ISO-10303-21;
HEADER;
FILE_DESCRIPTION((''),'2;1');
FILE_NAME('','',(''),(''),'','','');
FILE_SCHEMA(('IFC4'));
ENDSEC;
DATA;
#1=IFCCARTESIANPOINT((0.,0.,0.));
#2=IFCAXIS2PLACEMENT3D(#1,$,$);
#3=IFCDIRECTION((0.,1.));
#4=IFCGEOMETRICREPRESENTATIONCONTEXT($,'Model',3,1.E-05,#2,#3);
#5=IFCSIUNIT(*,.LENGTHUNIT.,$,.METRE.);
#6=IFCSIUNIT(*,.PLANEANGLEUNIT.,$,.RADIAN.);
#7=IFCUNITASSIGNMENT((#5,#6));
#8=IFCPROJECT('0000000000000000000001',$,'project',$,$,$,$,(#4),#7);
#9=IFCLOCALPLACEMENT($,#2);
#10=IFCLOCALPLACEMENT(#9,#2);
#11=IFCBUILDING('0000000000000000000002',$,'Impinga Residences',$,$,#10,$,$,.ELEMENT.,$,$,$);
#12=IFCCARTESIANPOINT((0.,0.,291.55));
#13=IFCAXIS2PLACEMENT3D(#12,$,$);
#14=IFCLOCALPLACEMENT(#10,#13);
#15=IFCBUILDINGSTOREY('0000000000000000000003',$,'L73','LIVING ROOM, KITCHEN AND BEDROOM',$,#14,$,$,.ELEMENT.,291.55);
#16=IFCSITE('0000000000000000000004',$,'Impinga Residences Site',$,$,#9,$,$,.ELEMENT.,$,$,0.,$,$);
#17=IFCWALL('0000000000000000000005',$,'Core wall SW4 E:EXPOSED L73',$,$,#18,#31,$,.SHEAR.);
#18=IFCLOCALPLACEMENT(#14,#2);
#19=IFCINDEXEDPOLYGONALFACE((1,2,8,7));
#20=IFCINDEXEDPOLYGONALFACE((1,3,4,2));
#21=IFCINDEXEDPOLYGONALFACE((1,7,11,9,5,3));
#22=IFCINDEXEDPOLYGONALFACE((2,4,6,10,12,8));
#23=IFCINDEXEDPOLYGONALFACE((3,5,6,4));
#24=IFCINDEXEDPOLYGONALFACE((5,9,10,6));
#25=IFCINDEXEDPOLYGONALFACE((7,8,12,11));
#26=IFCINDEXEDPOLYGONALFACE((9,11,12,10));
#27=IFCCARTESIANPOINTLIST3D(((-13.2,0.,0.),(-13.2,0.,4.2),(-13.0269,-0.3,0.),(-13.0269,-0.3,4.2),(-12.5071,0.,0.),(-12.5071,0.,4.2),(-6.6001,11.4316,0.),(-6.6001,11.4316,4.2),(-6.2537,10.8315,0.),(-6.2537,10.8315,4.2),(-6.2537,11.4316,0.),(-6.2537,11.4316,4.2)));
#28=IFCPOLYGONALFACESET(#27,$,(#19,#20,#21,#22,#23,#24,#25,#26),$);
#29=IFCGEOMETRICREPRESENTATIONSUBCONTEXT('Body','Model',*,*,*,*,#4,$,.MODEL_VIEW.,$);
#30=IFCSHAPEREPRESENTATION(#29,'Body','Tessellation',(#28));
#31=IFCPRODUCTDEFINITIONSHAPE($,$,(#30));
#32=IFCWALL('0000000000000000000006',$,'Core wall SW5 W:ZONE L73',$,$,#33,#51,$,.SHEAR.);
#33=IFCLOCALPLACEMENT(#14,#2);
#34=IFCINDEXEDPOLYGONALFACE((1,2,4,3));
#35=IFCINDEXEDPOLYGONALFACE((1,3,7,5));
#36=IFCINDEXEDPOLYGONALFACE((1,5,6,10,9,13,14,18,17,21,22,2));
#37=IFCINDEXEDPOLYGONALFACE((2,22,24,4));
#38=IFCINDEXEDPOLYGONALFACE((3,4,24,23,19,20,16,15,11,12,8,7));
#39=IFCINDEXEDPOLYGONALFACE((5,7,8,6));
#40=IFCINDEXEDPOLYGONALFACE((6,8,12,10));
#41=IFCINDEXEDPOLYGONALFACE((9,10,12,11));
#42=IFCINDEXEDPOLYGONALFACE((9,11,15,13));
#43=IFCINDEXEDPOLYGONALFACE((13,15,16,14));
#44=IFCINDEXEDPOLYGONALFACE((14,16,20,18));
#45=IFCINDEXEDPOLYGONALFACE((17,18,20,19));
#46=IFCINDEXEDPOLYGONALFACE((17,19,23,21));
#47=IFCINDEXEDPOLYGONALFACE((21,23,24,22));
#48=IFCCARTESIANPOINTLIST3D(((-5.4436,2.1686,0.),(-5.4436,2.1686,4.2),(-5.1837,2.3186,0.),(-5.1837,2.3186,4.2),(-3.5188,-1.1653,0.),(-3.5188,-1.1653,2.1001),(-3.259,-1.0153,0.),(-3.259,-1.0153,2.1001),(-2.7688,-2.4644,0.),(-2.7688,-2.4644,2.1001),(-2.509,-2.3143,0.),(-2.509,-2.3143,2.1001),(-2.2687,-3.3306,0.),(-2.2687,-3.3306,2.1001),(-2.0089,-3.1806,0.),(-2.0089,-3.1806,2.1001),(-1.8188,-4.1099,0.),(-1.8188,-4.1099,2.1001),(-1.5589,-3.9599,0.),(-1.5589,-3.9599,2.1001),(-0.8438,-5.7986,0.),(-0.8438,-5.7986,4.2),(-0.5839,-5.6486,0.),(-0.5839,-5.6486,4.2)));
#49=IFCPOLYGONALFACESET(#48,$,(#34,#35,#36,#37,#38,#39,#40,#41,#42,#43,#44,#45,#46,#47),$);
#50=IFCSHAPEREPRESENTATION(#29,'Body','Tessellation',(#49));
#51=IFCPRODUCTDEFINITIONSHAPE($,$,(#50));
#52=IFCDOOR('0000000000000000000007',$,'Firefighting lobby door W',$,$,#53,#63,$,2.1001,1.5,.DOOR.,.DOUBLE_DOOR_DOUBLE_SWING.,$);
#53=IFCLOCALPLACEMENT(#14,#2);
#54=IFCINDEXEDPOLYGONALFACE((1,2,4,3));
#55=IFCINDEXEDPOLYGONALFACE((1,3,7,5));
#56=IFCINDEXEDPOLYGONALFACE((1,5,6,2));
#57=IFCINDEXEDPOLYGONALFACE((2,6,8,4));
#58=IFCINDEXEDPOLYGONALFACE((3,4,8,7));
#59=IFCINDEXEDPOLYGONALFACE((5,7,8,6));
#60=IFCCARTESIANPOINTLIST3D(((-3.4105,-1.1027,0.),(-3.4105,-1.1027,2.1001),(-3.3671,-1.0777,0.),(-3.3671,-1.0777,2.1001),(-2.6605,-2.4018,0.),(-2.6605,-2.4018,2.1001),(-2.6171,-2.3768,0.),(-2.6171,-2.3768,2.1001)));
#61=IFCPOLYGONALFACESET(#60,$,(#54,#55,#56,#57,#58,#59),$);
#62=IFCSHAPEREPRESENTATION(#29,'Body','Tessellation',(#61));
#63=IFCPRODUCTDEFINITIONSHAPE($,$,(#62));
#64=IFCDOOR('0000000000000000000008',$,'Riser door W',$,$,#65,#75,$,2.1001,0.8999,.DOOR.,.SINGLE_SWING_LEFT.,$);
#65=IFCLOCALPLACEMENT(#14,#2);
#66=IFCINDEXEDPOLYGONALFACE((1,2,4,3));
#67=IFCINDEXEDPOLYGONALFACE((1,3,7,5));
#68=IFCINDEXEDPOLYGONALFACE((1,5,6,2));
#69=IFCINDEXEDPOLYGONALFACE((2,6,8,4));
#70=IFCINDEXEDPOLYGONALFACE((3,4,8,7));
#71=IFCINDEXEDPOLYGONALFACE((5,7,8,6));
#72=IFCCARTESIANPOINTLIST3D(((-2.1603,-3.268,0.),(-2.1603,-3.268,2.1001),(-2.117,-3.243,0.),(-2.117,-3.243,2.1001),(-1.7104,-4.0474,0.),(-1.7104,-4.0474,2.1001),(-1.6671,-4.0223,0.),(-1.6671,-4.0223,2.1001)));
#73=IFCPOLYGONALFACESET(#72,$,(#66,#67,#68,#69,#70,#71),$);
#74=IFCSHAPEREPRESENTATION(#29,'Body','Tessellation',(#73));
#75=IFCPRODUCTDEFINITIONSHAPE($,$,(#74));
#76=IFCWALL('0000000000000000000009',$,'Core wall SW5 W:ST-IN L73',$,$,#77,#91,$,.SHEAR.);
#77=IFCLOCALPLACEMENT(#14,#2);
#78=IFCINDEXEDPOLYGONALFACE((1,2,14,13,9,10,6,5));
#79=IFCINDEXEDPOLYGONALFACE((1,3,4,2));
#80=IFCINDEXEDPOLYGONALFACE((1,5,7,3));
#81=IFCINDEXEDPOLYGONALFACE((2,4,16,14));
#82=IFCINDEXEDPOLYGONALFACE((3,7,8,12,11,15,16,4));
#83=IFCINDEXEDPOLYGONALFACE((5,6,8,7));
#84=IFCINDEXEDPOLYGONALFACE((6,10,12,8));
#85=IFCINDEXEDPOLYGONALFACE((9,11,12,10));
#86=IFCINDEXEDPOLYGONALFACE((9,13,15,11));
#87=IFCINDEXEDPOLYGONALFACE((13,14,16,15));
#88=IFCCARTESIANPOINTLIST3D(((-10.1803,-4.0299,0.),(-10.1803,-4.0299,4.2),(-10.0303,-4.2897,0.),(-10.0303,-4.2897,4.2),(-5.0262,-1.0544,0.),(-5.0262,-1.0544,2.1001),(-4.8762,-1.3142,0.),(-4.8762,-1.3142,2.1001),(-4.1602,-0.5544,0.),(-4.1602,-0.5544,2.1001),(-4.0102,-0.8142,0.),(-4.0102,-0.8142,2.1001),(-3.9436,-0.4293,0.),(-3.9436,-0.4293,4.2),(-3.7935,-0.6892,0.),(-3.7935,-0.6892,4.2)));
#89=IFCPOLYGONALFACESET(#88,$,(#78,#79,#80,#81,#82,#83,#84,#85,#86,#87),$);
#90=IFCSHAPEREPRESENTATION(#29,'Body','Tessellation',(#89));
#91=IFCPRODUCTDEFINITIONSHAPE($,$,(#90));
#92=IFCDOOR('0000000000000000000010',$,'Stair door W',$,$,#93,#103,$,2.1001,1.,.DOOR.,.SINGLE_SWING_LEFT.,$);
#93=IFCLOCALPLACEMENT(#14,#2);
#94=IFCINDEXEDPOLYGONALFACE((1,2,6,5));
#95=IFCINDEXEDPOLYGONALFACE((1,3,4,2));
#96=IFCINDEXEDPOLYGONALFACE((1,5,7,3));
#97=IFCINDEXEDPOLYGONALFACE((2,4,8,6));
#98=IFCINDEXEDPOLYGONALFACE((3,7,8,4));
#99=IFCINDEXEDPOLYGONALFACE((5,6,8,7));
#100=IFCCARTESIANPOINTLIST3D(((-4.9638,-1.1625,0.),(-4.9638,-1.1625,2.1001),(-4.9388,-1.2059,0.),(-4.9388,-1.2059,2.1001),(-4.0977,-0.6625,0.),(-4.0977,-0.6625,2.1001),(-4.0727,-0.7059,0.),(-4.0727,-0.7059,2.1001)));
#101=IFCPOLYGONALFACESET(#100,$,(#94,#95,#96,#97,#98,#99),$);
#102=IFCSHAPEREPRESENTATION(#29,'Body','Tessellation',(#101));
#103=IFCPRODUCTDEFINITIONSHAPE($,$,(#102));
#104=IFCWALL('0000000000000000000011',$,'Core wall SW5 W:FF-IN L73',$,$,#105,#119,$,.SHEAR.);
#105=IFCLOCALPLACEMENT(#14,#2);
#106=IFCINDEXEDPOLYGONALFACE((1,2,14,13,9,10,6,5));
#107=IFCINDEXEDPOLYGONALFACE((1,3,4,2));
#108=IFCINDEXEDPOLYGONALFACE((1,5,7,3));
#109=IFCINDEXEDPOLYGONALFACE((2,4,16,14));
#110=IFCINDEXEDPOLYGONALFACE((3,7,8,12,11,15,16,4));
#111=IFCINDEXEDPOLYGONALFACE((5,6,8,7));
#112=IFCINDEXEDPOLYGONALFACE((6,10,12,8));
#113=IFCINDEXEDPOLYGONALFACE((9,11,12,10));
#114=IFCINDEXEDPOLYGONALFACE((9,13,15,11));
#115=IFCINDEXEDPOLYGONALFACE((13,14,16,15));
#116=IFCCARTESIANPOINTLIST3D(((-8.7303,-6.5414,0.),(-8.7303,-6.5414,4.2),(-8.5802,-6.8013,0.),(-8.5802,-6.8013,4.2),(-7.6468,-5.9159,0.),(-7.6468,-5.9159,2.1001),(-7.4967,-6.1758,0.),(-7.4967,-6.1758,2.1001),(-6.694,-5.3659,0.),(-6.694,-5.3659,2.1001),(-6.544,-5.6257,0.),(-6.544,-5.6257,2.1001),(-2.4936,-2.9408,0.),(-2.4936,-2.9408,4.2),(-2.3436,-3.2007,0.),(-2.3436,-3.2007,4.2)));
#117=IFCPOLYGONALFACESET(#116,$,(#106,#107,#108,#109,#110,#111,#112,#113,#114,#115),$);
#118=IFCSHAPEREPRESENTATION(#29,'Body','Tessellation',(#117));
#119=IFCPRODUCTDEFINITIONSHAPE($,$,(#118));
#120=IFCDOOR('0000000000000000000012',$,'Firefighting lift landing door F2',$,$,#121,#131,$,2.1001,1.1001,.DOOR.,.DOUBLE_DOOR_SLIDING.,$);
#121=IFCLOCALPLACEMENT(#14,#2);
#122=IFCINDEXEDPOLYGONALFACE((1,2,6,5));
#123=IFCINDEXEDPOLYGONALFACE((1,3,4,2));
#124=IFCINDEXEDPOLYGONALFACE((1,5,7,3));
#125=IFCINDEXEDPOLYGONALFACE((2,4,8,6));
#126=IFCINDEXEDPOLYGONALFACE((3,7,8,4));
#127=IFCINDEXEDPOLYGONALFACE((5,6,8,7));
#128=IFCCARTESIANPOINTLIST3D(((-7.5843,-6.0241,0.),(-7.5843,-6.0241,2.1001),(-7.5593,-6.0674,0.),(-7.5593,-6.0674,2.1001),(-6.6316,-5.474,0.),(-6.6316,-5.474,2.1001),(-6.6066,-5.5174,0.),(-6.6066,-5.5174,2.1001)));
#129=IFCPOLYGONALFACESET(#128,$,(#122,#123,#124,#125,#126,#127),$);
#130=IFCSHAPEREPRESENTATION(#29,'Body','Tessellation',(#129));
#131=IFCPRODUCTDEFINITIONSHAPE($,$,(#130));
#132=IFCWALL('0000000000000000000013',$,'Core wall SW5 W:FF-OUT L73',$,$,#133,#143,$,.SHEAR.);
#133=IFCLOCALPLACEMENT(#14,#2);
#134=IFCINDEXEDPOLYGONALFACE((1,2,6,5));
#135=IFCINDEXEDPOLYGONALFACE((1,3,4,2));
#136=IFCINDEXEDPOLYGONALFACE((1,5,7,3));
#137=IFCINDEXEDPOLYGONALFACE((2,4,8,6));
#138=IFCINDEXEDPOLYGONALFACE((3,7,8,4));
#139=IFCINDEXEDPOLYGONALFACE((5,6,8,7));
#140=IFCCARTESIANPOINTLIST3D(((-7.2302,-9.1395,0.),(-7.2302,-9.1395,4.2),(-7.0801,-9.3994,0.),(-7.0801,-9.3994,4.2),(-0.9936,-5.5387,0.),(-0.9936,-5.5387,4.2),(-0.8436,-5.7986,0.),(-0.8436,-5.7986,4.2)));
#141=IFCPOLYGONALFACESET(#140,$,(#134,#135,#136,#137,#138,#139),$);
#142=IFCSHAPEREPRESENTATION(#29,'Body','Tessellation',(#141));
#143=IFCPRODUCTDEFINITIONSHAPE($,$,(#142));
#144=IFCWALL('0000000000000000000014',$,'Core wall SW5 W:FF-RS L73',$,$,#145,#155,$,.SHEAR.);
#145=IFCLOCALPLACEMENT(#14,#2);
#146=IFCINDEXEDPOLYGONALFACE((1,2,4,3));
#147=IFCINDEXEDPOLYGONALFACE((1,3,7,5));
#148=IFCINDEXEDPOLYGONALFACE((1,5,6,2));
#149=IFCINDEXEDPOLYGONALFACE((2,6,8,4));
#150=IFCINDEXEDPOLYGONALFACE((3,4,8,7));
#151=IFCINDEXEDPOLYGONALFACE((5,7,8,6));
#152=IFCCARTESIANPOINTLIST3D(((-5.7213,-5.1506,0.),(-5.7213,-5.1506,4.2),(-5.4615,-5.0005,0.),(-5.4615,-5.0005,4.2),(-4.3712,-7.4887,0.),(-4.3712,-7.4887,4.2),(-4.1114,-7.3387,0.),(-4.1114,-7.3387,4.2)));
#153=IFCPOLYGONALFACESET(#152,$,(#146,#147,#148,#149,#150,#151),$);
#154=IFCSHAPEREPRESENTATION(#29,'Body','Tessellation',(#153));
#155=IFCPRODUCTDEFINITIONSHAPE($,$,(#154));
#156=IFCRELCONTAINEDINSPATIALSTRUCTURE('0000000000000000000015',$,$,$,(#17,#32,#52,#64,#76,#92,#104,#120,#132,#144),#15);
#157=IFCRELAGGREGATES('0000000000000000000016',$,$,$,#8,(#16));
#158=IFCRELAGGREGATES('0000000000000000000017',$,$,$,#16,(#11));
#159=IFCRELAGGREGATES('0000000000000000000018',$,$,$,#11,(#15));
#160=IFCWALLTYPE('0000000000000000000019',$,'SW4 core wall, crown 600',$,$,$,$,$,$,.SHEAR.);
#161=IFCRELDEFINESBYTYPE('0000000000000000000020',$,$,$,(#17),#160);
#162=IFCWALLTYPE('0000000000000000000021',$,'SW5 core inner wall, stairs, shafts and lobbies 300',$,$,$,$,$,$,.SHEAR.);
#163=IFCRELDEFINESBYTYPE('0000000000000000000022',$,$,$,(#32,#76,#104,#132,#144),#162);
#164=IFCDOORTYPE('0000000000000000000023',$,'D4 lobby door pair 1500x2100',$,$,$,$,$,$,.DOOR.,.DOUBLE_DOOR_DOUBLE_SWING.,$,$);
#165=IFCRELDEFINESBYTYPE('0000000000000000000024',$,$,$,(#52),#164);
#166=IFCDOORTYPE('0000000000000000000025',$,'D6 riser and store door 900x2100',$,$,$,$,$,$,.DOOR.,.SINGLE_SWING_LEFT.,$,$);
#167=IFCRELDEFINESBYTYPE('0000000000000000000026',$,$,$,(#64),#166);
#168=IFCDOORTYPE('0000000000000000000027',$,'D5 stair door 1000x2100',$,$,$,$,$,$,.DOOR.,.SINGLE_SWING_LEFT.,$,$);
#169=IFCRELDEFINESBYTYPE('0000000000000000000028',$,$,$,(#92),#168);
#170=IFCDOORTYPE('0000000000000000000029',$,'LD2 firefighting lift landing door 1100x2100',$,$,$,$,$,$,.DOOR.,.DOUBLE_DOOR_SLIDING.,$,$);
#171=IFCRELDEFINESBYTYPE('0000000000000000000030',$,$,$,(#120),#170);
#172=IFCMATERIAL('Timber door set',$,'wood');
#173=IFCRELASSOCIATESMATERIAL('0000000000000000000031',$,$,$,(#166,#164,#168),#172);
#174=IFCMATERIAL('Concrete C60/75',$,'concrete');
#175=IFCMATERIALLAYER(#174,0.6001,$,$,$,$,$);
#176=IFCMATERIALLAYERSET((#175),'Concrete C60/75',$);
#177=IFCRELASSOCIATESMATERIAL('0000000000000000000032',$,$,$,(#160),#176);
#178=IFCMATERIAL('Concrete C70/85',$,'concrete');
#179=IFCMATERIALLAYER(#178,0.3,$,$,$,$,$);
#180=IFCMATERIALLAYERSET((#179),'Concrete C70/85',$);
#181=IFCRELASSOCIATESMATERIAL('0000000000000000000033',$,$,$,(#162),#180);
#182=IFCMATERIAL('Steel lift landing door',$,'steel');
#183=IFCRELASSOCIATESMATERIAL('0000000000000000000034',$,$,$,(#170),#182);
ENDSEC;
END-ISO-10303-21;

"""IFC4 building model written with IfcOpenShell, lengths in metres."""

from ifc_helpers import new_model, si_unit, direction, frame, frame_2d, origin, place, context, subcontext, project, spatial, polyline, rectangle, outline, extrude, material, layer, layer_set, type_object, element, fill, save


model = new_model("IFC4")

# Units and contexts
model_context = context("Model", 3, precision=1e-05, world=origin(), true_north=direction((0.0, 1.0)))
body_context = subcontext(model_context, "Body", "Model", "MODEL_VIEW")
ifc_project = project(units=[si_unit("LENGTHUNIT", "METRE"), si_unit("PLANEANGLEUNIT", "RADIAN")], contexts=[model_context])

# Site, building, storey
site_placement = place(None, origin())
site = spatial("IfcSite", under=ifc_project, at=site_placement, Name="Impinga Residences Site", CompositionType="ELEMENT", RefElevation=0.0)
building_placement = place(site_placement, origin())
building = spatial("IfcBuilding", under=site, at=building_placement, Name="Impinga Residences", CompositionType="ELEMENT")
storey_placement = place(building_placement, frame((0.0, 0.0, 291.55)))
storey = spatial("IfcBuildingStorey", under=building, at=storey_placement, Name="L73", Description="LIVING ROOM, KITCHEN AND BEDROOM", CompositionType="ELEMENT", Elevation=291.55)

# Shared definitions
ifc_material_1 = material(Name="Concrete C60/75", Category="concrete")

# Shared definitions
ifc_material_2 = material(Name="Timber door set", Category="wood")
door_type_1 = type_object("IfcDoorType", Name="D6 riser and store door 900x2100", OperationType="SINGLE_SWING_LEFT", PredefinedType="DOOR", material=ifc_material_2)

# Wall
ifc_layer_1 = layer(ifc_material_1, 0.6001)
ifc_layer_set_1 = layer_set([ifc_layer_1], Name="Concrete C60/75")
wall_type_1 = type_object("IfcWallType", Name="SW4 core wall, crown 600", PredefinedType="SHEAR", material=ifc_layer_set_1)
wall_1_placement = place(storey_placement, origin())
element("IfcWall", 1, at=wall_1_placement, inside=storey, type_object=wall_type_1, Name="Core wall SW4 E:EXPOSED L73", PredefinedType="SHEAR", context=body_context, shape_type="SweptSolid", body=[
    extrude(outline(polyline([(-6.6001, 11.4316), (-13.2, 0.0), (-13.0269, -0.3), (-12.5071, 0.0), (-6.2537, 10.8315), (-6.2537, 11.4316), (-6.6001, 11.4316)])), origin(), (0.0, 0.0, 1.0), 4.2),
])

# Wall, openings, doors
ifc_material_3 = material(Name="Concrete C70/85", Category="concrete")
ifc_layer_2 = layer(ifc_material_3, 0.3)
ifc_layer_set_2 = layer_set([ifc_layer_2], Name="Concrete C70/85")
wall_type_2 = type_object("IfcWallType", Name="SW5 core inner wall, stairs, shafts and lobbies 300", PredefinedType="SHEAR", material=ifc_layer_set_2)
wall_2_placement = place(storey_placement, frame((-0.7139, -5.7236, 0.0), z_axis=(0.0, 0.0, 1.0), x_axis=(-0.499995, 0.866028, 0.0)))
wall_2 = element("IfcWall", 2, at=wall_2_placement, inside=storey, type_object=wall_type_2, Name="Core wall SW5 W:ZONE L73", PredefinedType="SHEAR", context=body_context, shape_type="SweptSolid", body=[
    extrude(rectangle(XDim=9.1997, YDim=0.3, at=frame_2d((4.5999, 0.0))), origin(), (0.0, 0.0, 1.0), 4.2),
])
opening_1_placement = place(wall_2_placement, frame((3.8501, 0.0, 0.0)))
opening_1 = element("IfcOpeningElement", 3, at=opening_1_placement, cuts=wall_2, PredefinedType="OPENING", context=body_context, shape_type="SweptSolid", body=[
    extrude(rectangle(XDim=1.5, YDim=2.1001, at=frame_2d((0.75, 1.05))), frame((0.0, 0.1599, 0.0), z_axis=(0.0, -1.0, 0.0), x_axis=(1.0, 0.0, 0.0)), (0.0, 0.0, 1.0), 0.3201),
])
opening_2_placement = place(wall_2_placement, frame((1.95, 0.0, 0.0)))
opening_2 = element("IfcOpeningElement", 4, at=opening_2_placement, cuts=wall_2, PredefinedType="OPENING", context=body_context, shape_type="SweptSolid", body=[
    extrude(rectangle(XDim=0.8999, YDim=2.1001, at=frame_2d((0.45, 1.05))), frame((0.0, 0.1599, 0.0), z_axis=(0.0, -1.0, 0.0), x_axis=(1.0, 0.0, 0.0)), (0.0, 0.0, 1.0), 0.3201),
])
door_type_2 = type_object("IfcDoorType", Name="D4 lobby door pair 1500x2100", OperationType="DOUBLE_DOOR_DOUBLE_SWING", PredefinedType="DOOR", material=ifc_material_2)
door_1_placement = place(opening_1_placement, origin())
door_1 = element("IfcDoor", 5, at=door_1_placement, inside=storey, type_object=door_type_2, Name="Firefighting lobby door W", OperationType="DOUBLE_DOOR_DOUBLE_SWING", OverallHeight=2.1001, OverallWidth=1.5, PredefinedType="DOOR", context=body_context, shape_type="SweptSolid", body=[
    extrude(rectangle(XDim=1.5, YDim=2.1001, at=frame_2d((0.75, 1.05))), frame((0.0, 0.0249, 0.0), z_axis=(0.0, -1.0, 0.0), x_axis=(1.0, 0.0, 0.0)), (0.0, 0.0, 1.0), 0.05),
])
fill(opening_1, door_1)
door_2_placement = place(opening_2_placement, origin())
door_2 = element("IfcDoor", 6, at=door_2_placement, inside=storey, type_object=door_type_1, Name="Riser door W", OperationType="SINGLE_SWING_LEFT", OverallHeight=2.1001, OverallWidth=0.8999, PredefinedType="DOOR", context=body_context, shape_type="SweptSolid", body=[
    extrude(rectangle(XDim=0.8999, YDim=2.1001, at=frame_2d((0.45, 1.05))), frame((0.0, 0.0249, 0.0), z_axis=(0.0, -1.0, 0.0), x_axis=(1.0, 0.0, 0.0)), (0.0, 0.0, 1.0), 0.05),
])
fill(opening_2, door_2)

# Walls, openings, doors
wall_3_placement = place(storey_placement, frame((-3.8687, -0.5593, 0.0), z_axis=(0.0, 0.0, 1.0), x_axis=(-0.86604, -0.499975, 0.0)))
wall_3 = element("IfcWall", 7, at=wall_3_placement, inside=storey, type_object=wall_type_2, Name="Core wall SW5 W:ST-IN L73", PredefinedType="SHEAR", context=body_context, shape_type="SweptSolid", body=[
    extrude(rectangle(XDim=7.2014, YDim=0.3, at=frame_2d((3.6006, 0.0))), origin(), (0.0, 0.0, 1.0), 4.2),
])
opening_3_placement = place(wall_3_placement, frame((0.25, 0.0, 0.0)))
opening_3 = element("IfcOpeningElement", 8, at=opening_3_placement, cuts=wall_3, PredefinedType="OPENING", context=body_context, shape_type="SweptSolid", body=[
    extrude(rectangle(XDim=1.0, YDim=2.1001, at=frame_2d((0.5, 1.05))), frame((0.0, 0.1599, 0.0), z_axis=(0.0, -1.0, 0.0), x_axis=(1.0, 0.0, 0.0)), (0.0, 0.0, 1.0), 0.3201),
])
door_type_3 = type_object("IfcDoorType", Name="D5 stair door 1000x2100", OperationType="SINGLE_SWING_LEFT", PredefinedType="DOOR", material=ifc_material_2)
door_3_placement = place(opening_3_placement, origin())
door_3 = element("IfcDoor", 9, at=door_3_placement, inside=storey, type_object=door_type_3, Name="Stair door W", OperationType="SINGLE_SWING_LEFT", OverallHeight=2.1001, OverallWidth=1.0, PredefinedType="DOOR", context=body_context, shape_type="SweptSolid", body=[
    extrude(rectangle(XDim=1.0, YDim=2.1001, at=frame_2d((0.5, 1.05))), frame((0.0, 0.0249, 0.0), z_axis=(0.0, -1.0, 0.0), x_axis=(1.0, 0.0, 0.0)), (0.0, 0.0, 1.0), 0.05),
])
fill(opening_3, door_3)
wall_4_placement = place(storey_placement, frame((-2.4187, -3.0708, 0.0), z_axis=(0.0, 0.0, 1.0), x_axis=(-0.866031, -0.49999, 0.0)))
wall_4 = element("IfcWall", 10, at=wall_4_placement, inside=storey, type_object=wall_type_2, Name="Core wall SW5 W:FF-IN L73", PredefinedType="SHEAR", context=body_context, shape_type="SweptSolid", body=[
    extrude(rectangle(XDim=7.2014, YDim=0.3, at=frame_2d((3.6006, 0.0))), origin(), (0.0, 0.0, 1.0), 4.2),
])
opening_4_placement = place(wall_4_placement, frame((4.8501, 0.0, 0.0)))
opening_4 = element("IfcOpeningElement", 11, at=opening_4_placement, cuts=wall_4, PredefinedType="OPENING", context=body_context, shape_type="SweptSolid", body=[
    extrude(rectangle(XDim=1.1001, YDim=2.1001, at=frame_2d((0.55, 1.05))), frame((0.0, 0.1599, 0.0), z_axis=(0.0, -1.0, 0.0), x_axis=(1.0, 0.0, 0.0)), (0.0, 0.0, 1.0), 0.3201),
])
ifc_material_4 = material(Name="Steel lift landing door", Category="steel")
door_type_4 = type_object("IfcDoorType", Name="LD2 firefighting lift landing door 1100x2100", OperationType="DOUBLE_DOOR_SLIDING", PredefinedType="DOOR", material=ifc_material_4)
door_4_placement = place(opening_4_placement, origin())
door_4 = element("IfcDoor", 12, at=door_4_placement, inside=storey, type_object=door_type_4, Name="Firefighting lift landing door F2", OperationType="DOUBLE_DOOR_SLIDING", OverallHeight=2.1001, OverallWidth=1.1001, PredefinedType="DOOR", context=body_context, shape_type="SweptSolid", body=[
    extrude(rectangle(XDim=1.1001, YDim=2.1001, at=frame_2d((0.55, 1.05))), frame((0.0, 0.0249, 0.0), z_axis=(0.0, -1.0, 0.0), x_axis=(1.0, 0.0, 0.0)), (0.0, 0.0, 1.0), 0.05),
])
fill(opening_4, door_4)

# Walls
wall_5_placement = place(storey_placement, frame((-0.9187, -5.6687, 0.0), z_axis=(0.0, 0.0, 1.0), x_axis=(-0.866017, -0.500015, 0.0)))
element("IfcWall", 13, at=wall_5_placement, inside=storey, type_object=wall_type_2, Name="Core wall SW5 W:FF-OUT L73", PredefinedType="SHEAR", context=body_context, shape_type="SweptSolid", body=[
    extrude(rectangle(XDim=7.2014, YDim=0.3, at=frame_2d((3.6006, 0.0))), origin(), (0.0, 0.0, 1.0), 4.2),
])
wall_6_placement = place(storey_placement, frame((-4.2412, -7.4138, 0.0), z_axis=(0.0, 0.0, 1.0), x_axis=(-0.500049, 0.865997, 0.0)))
element("IfcWall", 14, at=wall_6_placement, inside=storey, type_object=wall_type_2, Name="Core wall SW5 W:FF-RS L73", PredefinedType="SHEAR", context=body_context, shape_type="SweptSolid", body=[
    extrude(rectangle(XDim=2.7, YDim=0.3, at=frame_2d((1.3501, 0.0))), origin(), (0.0, 0.0, 1.0), 4.2),
])

save(model, "model.ifc")
